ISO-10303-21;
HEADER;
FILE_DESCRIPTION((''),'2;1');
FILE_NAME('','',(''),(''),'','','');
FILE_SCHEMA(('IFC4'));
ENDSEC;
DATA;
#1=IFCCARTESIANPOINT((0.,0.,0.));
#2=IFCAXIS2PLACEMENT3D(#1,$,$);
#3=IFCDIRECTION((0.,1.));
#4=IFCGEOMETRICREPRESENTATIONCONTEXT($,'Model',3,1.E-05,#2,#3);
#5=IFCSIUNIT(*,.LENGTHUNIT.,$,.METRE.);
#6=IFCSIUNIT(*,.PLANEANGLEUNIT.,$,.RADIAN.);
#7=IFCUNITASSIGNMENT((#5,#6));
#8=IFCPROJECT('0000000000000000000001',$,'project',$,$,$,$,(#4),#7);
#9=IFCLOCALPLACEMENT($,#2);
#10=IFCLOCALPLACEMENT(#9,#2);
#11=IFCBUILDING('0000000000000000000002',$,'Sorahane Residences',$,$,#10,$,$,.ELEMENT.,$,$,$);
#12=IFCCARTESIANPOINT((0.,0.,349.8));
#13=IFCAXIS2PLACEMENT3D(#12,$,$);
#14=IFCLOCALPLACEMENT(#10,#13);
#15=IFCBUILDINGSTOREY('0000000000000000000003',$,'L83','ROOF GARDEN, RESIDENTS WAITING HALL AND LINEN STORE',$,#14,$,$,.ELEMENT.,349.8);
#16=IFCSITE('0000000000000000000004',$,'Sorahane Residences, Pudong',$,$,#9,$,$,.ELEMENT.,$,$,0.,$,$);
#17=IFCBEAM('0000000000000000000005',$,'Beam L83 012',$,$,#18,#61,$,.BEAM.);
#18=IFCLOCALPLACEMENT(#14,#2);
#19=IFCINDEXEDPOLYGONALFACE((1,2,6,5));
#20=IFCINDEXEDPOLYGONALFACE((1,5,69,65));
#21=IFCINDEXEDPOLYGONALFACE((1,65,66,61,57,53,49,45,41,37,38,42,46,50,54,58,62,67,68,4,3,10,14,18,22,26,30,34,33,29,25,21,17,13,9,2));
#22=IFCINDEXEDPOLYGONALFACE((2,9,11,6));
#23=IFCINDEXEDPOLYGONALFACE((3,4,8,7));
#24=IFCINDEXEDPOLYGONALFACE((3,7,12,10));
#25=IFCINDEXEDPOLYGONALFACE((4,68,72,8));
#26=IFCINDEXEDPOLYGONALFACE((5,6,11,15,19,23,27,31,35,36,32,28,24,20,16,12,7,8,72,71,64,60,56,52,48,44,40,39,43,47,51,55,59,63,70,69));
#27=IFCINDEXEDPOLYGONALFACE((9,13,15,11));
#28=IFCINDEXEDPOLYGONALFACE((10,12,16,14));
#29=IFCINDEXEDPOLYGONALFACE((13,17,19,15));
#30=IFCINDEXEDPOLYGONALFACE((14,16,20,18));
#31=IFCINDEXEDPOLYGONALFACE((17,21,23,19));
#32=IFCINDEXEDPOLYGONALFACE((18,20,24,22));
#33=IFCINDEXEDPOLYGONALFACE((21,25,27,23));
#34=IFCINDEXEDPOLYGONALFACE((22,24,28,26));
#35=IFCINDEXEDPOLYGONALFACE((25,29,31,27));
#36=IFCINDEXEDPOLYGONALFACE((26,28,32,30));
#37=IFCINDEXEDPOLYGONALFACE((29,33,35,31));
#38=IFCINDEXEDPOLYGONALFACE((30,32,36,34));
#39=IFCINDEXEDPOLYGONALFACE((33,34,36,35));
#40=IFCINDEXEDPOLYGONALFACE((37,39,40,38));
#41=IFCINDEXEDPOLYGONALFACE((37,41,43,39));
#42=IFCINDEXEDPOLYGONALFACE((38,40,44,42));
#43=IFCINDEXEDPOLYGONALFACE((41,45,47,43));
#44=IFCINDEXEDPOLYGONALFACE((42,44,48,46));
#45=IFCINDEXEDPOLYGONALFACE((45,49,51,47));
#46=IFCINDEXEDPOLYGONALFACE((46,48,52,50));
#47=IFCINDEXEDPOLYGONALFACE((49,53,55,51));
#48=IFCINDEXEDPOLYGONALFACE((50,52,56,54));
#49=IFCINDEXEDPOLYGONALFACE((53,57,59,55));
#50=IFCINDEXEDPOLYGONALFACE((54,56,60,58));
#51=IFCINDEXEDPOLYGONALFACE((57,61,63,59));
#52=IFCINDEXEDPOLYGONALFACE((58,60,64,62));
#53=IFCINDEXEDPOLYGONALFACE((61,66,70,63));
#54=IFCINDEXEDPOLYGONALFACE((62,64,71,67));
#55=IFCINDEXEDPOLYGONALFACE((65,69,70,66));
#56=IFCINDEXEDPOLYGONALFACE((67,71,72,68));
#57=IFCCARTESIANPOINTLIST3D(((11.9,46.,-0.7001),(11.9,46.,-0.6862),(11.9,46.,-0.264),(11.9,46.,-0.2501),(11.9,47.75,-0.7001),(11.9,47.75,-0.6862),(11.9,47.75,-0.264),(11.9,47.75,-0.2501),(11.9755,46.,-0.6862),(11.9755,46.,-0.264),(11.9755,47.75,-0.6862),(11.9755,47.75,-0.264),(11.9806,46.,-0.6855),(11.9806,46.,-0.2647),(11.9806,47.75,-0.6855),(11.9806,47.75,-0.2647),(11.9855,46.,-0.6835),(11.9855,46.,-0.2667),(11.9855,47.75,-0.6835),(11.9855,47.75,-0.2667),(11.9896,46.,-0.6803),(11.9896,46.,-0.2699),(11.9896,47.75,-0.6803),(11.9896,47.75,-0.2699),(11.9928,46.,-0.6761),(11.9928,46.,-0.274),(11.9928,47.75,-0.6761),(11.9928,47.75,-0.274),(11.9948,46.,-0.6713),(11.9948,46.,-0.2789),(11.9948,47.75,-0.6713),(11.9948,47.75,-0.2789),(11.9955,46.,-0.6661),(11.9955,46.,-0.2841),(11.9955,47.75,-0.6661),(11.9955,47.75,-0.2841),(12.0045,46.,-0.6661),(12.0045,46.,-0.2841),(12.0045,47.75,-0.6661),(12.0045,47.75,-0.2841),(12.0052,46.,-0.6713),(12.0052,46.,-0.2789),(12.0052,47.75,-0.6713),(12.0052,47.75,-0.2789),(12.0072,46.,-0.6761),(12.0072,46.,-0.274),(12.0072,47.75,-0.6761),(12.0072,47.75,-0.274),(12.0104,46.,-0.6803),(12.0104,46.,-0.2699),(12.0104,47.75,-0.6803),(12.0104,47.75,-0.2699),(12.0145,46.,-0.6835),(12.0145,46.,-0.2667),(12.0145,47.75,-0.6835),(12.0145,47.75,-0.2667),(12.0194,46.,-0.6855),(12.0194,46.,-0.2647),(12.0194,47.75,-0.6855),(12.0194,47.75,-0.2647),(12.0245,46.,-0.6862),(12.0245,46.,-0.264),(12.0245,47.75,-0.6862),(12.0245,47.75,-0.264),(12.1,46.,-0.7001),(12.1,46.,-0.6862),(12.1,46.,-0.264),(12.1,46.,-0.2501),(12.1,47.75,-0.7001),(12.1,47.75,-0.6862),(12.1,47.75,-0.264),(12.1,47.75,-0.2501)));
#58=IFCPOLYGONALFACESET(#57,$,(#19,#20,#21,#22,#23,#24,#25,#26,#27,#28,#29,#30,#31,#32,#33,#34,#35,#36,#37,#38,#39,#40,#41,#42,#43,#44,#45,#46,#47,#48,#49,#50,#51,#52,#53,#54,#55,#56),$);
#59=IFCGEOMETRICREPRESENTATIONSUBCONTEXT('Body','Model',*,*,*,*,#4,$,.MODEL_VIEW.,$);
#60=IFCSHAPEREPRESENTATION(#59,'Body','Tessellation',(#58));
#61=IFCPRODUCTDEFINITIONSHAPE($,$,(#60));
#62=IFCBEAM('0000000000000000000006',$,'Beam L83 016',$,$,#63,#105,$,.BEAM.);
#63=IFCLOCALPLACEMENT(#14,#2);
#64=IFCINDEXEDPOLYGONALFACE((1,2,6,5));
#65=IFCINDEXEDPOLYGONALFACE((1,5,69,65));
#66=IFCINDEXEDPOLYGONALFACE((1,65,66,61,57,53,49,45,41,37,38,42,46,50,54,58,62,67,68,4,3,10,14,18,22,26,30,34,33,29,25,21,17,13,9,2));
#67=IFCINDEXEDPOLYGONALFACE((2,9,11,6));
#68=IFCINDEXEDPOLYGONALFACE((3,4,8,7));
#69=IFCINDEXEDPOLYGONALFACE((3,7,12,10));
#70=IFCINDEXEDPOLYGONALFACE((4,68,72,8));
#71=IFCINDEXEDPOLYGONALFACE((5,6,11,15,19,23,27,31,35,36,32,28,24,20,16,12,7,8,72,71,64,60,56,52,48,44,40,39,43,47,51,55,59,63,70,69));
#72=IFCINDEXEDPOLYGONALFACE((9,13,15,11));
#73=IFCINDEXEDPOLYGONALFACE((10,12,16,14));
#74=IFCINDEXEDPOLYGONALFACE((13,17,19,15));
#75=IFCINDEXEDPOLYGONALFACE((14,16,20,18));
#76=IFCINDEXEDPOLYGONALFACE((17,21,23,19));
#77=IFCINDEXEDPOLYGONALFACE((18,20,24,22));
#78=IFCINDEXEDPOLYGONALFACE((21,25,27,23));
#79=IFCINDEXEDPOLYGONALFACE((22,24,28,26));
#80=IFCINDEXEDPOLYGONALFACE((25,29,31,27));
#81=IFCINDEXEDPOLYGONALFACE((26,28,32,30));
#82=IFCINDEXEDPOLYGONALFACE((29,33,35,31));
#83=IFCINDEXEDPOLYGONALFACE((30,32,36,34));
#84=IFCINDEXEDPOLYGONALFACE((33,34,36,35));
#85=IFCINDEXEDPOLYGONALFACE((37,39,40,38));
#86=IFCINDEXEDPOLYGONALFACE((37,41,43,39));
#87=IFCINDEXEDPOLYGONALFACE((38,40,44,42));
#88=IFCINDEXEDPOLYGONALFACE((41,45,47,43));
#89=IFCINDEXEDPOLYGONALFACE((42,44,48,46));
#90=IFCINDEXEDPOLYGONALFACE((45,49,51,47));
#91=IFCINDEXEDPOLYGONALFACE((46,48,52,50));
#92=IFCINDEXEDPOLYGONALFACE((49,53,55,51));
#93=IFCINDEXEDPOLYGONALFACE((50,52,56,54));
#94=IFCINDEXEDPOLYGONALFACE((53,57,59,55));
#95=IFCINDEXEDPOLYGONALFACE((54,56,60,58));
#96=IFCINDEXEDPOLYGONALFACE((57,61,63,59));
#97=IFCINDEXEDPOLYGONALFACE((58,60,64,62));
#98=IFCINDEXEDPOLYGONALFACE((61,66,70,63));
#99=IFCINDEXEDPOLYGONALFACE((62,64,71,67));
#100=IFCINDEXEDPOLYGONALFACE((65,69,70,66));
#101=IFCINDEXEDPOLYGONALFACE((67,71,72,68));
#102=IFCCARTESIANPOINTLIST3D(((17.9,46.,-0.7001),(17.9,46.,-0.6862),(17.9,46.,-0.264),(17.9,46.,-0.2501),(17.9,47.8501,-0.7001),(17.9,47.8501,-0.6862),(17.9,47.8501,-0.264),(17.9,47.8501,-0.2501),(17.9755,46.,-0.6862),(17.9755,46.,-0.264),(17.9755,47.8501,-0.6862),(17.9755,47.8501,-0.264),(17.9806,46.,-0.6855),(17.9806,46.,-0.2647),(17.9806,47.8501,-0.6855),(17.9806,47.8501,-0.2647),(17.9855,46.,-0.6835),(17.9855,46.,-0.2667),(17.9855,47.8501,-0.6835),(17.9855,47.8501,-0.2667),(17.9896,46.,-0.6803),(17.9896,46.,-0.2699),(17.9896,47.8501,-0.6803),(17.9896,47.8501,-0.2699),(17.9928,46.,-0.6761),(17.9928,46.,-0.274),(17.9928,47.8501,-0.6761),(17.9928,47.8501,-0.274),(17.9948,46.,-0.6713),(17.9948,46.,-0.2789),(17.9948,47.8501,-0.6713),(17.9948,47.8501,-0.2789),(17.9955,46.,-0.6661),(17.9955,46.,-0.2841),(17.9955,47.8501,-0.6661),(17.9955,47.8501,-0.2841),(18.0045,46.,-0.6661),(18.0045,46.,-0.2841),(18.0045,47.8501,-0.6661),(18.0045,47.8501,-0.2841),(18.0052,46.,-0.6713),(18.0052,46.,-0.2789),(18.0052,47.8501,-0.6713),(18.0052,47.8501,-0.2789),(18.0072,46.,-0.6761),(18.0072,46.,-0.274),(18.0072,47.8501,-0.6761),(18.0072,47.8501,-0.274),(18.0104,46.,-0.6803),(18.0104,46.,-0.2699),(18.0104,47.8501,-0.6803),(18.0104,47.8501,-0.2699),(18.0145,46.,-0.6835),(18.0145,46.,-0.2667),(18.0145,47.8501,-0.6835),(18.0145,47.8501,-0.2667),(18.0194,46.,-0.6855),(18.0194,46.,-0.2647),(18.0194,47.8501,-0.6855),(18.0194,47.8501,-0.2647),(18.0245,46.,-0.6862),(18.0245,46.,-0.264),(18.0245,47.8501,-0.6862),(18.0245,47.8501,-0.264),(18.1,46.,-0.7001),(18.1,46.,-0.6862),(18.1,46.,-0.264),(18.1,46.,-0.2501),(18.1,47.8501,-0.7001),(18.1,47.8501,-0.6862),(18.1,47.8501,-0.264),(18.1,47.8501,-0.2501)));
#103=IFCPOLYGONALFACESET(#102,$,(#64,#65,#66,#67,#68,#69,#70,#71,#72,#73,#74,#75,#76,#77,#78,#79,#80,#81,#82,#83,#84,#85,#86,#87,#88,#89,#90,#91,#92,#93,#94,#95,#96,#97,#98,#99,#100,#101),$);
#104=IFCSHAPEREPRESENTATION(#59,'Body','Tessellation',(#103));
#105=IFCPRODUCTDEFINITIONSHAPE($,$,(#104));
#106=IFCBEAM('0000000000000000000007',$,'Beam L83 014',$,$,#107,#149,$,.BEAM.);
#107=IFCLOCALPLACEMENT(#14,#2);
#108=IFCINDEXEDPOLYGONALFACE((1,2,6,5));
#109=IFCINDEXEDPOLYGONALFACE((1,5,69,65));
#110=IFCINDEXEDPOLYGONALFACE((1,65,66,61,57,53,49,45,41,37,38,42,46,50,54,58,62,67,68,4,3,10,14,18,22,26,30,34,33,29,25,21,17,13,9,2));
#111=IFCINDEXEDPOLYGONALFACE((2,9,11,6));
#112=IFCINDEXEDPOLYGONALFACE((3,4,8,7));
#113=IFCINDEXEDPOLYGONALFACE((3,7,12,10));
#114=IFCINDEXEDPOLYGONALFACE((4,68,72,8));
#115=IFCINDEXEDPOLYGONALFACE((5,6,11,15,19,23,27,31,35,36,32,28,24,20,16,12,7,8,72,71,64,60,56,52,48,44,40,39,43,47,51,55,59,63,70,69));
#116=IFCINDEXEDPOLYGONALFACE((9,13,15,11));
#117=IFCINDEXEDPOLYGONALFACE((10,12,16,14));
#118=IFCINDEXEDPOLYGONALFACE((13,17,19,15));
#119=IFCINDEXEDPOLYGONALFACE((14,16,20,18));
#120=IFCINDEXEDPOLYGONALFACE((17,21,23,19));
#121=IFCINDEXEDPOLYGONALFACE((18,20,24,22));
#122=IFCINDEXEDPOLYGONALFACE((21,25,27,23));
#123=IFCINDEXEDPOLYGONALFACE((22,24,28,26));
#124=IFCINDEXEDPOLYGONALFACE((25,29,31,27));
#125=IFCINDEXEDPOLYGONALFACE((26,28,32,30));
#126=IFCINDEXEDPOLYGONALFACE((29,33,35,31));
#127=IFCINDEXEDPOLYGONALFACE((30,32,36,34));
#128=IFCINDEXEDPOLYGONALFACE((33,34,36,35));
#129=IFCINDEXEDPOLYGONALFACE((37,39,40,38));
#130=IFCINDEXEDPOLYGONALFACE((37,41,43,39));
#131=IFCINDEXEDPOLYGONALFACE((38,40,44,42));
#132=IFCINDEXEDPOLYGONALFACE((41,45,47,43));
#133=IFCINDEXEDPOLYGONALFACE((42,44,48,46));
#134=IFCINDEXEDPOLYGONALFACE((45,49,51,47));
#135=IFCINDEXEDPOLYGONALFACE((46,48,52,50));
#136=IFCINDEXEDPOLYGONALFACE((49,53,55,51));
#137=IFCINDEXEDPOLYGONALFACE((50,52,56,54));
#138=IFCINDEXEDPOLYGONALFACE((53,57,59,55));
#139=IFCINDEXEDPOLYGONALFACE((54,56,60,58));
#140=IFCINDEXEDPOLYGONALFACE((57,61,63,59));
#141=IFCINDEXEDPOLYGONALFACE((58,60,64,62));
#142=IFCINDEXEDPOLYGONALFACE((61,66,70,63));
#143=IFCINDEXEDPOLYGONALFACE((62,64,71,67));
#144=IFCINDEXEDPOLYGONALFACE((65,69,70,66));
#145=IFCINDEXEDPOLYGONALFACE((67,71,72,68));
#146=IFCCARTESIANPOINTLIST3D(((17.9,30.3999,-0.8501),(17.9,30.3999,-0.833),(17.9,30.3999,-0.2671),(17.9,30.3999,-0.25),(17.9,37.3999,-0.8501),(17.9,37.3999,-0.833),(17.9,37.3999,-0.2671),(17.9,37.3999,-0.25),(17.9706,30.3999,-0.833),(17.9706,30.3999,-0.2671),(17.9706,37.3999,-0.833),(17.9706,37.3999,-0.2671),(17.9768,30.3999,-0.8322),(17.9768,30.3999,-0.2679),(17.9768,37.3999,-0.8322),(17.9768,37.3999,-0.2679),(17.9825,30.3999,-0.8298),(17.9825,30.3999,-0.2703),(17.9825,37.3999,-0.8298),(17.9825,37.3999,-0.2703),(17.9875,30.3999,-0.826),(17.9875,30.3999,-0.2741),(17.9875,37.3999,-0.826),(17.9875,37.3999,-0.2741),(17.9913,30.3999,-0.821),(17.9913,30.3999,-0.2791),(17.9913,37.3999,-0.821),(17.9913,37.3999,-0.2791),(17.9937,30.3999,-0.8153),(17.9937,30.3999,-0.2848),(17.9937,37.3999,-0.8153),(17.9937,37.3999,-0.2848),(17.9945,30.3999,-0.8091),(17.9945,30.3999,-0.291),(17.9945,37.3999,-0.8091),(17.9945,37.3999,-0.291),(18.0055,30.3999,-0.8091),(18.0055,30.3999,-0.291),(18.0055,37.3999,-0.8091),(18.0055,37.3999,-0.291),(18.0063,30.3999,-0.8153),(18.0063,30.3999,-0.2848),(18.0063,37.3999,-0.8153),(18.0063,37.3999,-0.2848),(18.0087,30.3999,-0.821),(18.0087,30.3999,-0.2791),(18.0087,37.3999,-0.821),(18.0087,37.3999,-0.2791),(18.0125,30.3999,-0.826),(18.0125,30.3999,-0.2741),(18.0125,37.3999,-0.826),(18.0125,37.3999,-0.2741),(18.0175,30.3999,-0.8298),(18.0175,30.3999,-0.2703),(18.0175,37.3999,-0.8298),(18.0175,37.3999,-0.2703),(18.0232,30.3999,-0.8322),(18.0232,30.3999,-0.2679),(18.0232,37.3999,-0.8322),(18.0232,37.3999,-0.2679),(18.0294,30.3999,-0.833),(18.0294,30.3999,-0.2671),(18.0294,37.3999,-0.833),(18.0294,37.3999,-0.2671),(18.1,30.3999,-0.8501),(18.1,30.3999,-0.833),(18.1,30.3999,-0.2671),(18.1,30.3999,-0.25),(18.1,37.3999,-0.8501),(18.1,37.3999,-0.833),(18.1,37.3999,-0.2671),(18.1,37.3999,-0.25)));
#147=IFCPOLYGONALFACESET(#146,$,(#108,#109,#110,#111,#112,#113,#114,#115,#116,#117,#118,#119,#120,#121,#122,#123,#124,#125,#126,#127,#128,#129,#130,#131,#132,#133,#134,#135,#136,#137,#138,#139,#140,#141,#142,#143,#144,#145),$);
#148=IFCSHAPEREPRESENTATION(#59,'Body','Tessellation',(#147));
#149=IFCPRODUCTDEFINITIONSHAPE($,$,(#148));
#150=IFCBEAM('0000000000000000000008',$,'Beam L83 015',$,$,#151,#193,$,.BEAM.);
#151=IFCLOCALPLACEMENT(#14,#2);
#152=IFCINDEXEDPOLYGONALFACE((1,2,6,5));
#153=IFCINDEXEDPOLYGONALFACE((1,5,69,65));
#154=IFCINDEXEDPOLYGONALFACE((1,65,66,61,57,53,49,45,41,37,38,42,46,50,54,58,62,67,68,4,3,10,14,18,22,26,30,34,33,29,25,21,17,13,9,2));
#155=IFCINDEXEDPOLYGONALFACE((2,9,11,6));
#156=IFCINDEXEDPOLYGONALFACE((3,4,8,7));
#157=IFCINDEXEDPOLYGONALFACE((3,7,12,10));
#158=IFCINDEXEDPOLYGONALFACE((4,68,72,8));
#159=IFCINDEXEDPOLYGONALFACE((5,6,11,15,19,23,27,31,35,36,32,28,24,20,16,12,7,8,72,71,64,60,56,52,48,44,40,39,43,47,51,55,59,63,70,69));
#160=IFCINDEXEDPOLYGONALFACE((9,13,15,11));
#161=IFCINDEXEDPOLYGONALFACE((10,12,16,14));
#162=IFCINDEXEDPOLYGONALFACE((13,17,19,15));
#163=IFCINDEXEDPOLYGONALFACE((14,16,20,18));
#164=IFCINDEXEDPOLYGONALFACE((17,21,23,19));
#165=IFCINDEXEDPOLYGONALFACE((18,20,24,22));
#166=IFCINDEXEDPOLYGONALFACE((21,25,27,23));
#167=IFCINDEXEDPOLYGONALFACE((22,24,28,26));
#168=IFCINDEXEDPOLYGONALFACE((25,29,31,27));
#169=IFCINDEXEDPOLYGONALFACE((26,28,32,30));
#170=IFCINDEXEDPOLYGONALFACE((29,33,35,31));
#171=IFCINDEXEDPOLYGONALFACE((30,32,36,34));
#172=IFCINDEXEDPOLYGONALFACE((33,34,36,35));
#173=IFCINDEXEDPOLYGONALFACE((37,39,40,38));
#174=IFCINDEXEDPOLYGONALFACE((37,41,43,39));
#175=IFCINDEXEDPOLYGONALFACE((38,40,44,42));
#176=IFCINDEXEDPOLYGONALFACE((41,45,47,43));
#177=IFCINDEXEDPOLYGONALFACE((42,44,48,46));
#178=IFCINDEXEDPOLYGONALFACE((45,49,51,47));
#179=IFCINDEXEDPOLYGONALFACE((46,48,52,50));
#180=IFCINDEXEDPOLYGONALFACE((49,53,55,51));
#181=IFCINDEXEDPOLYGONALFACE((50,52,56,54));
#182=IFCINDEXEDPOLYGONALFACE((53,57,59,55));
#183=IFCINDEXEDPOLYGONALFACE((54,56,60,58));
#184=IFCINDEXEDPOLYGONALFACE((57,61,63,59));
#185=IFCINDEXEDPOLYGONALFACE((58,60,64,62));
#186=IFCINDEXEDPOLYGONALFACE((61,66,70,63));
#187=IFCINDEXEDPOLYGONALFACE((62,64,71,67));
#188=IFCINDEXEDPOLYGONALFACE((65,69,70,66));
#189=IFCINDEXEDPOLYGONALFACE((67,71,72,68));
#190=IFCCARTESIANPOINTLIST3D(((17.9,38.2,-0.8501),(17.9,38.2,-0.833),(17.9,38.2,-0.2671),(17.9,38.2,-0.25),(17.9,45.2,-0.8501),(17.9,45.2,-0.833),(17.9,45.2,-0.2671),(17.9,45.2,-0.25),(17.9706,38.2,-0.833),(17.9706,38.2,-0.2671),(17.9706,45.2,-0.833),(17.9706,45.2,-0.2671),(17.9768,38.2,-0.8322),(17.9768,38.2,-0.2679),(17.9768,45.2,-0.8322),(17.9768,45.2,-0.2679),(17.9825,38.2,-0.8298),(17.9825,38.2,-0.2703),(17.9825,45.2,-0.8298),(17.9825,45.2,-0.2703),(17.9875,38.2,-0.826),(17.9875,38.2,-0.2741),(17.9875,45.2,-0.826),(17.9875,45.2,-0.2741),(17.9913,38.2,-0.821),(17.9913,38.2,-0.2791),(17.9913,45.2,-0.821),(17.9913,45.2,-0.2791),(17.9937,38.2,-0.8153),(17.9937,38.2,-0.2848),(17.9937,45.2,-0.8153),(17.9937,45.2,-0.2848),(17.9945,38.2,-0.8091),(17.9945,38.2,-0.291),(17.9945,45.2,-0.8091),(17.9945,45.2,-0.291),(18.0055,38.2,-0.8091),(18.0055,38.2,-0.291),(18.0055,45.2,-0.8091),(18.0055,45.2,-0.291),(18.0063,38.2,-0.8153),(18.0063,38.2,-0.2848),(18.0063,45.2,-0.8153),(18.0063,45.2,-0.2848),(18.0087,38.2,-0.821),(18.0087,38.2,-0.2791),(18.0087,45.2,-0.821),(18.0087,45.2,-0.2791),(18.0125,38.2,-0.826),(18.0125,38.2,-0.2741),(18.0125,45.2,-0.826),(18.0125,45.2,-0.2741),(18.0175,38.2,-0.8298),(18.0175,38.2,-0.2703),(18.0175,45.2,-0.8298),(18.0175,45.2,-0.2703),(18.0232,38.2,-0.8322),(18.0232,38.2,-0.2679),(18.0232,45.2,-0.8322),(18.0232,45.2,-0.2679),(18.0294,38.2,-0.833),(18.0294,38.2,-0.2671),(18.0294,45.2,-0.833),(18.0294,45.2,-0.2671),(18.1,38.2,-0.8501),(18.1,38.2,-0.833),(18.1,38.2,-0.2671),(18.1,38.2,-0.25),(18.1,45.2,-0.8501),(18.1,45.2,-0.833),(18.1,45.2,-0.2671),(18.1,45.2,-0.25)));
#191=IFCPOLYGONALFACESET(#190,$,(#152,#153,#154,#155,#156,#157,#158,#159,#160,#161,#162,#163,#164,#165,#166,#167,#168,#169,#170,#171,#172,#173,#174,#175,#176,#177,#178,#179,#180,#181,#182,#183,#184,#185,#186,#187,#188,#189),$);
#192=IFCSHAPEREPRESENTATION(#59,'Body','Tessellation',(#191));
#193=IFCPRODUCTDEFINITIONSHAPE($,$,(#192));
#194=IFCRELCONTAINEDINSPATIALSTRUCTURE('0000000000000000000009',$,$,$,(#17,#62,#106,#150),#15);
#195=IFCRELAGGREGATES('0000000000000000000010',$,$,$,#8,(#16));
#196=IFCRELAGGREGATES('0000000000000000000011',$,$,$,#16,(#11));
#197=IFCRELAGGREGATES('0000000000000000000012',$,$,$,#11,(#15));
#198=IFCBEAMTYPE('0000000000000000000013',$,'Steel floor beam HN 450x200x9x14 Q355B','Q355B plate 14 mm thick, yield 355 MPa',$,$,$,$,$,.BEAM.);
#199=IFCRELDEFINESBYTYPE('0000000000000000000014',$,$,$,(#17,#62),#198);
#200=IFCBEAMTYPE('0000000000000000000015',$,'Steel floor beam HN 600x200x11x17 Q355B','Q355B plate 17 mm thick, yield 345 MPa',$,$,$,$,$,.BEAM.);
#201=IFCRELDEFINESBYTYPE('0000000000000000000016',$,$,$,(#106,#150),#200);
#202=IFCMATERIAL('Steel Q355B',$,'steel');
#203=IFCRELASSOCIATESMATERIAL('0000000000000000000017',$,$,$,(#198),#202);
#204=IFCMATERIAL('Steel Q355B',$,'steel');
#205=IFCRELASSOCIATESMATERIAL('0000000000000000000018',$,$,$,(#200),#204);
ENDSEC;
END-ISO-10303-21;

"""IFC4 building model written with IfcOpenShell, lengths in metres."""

from ifc_helpers import new_model, si_unit, direction, frame, origin, origin_2d, place, context, subcontext, project, spatial, i_section, extrude, material, material_profile, profile_set, type_object, element, save


model = new_model("IFC4")

# Units and contexts
model_context = context("Model", 3, precision=1e-05, world=origin(), true_north=direction((0.0, 1.0)))
body_context = subcontext(model_context, "Body", "Model", "MODEL_VIEW")
ifc_project = project(units=[si_unit("LENGTHUNIT", "METRE"), si_unit("PLANEANGLEUNIT", "RADIAN")], contexts=[model_context])

# Site, building, storey
site_placement = place(None, origin())
site = spatial("IfcSite", under=ifc_project, at=site_placement, Name="Sorahane Residences, Pudong", CompositionType="ELEMENT", RefElevation=0.0)
building_placement = place(site_placement, origin())
building = spatial("IfcBuilding", under=site, at=building_placement, Name="Sorahane Residences", CompositionType="ELEMENT")
storey_placement = place(building_placement, frame((0.0, 0.0, 349.8)))
storey = spatial("IfcBuildingStorey", under=building, at=storey_placement, Name="L83", Description="ROOF GARDEN, RESIDENTS WAITING HALL AND LINEN STORE", CompositionType="ELEMENT", Elevation=349.8)

# Beams
ifc_material_1 = material(Name="Steel Q355B", Category="steel")
ifc_material_profile_1 = material_profile(ifc_material_1, i_section(OverallWidth=0.2, OverallDepth=0.45, WebThickness=0.009, FlangeThickness=0.0139, FilletRadius=0.02, at=origin_2d()), Name="HN 450x200x9x14")
ifc_profile_set_1 = profile_set([ifc_material_profile_1], Name="Steel Q355B")
beam_type_1 = type_object("IfcBeamType", Name="Steel floor beam HN 450x200x9x14 Q355B", Description="Q355B plate 14 mm thick, yield 355 MPa", PredefinedType="BEAM", material=ifc_profile_set_1)
beam_1_placement = place(storey_placement, frame((12.0, 46.0, -0.4751), z_axis=(0.0, 1.0, 0.0), x_axis=(-1.0, 0.0, 0.0)))
element("IfcBeam", 1, at=beam_1_placement, inside=storey, type_object=beam_type_1, Name="Beam L83 012", PredefinedType="BEAM", context=body_context, shape_type="SweptSolid", body=[
    extrude(i_section(OverallWidth=0.2, OverallDepth=0.45, WebThickness=0.009, FlangeThickness=0.0139, FilletRadius=0.02, at=origin_2d()), origin(), (0.0, 0.0, 1.0), 1.75),
])
beam_2_placement = place(storey_placement, frame((18.0, 46.0, -0.4751), z_axis=(0.0, 1.0, 0.0), x_axis=(-1.0, 0.0, 0.0)))
element("IfcBeam", 2, at=beam_2_placement, inside=storey, type_object=beam_type_1, Name="Beam L83 016", PredefinedType="BEAM", context=body_context, shape_type="SweptSolid", body=[
    extrude(i_section(OverallWidth=0.2, OverallDepth=0.45, WebThickness=0.009, FlangeThickness=0.0139, FilletRadius=0.02, at=origin_2d()), origin(), (0.0, 0.0, 1.0), 1.8501),
])
ifc_material_2 = material(Name="Steel Q355B", Category="steel")
ifc_material_profile_2 = material_profile(ifc_material_2, i_section(OverallWidth=0.2, OverallDepth=0.6001, WebThickness=0.011, FlangeThickness=0.0171, FilletRadius=0.0239, at=origin_2d()), Name="HN 600x200x11x17")
ifc_profile_set_2 = profile_set([ifc_material_profile_2], Name="Steel Q355B")
beam_type_2 = type_object("IfcBeamType", Name="Steel floor beam HN 600x200x11x17 Q355B", Description="Q355B plate 17 mm thick, yield 345 MPa", PredefinedType="BEAM", material=ifc_profile_set_2)
for number, where, z_axis, x_axis, name in (
    (3, (18.0, 30.3999, -0.55), (0.0, 1.0, 0.0), (-1.0, 0.0, 0.0), "Beam L83 014"),
    (4, (18.0, 38.2, -0.55), (0.0, 1.0, 0.0), (-1.0, 0.0, 0.0), "Beam L83 015"),
):
    element("IfcBeam", number, at=place(storey_placement, frame(where, z_axis=z_axis, x_axis=x_axis)), inside=storey, type_object=beam_type_2, Name=name, PredefinedType="BEAM", context=body_context, shape_type="SweptSolid", body=[
        extrude(i_section(OverallWidth=0.2, OverallDepth=0.6001, WebThickness=0.011, FlangeThickness=0.0171, FilletRadius=0.0239, at=origin_2d()), origin(), (0.0, 0.0, 1.0), 7.0),
    ])

save(model, "model.ifc")
